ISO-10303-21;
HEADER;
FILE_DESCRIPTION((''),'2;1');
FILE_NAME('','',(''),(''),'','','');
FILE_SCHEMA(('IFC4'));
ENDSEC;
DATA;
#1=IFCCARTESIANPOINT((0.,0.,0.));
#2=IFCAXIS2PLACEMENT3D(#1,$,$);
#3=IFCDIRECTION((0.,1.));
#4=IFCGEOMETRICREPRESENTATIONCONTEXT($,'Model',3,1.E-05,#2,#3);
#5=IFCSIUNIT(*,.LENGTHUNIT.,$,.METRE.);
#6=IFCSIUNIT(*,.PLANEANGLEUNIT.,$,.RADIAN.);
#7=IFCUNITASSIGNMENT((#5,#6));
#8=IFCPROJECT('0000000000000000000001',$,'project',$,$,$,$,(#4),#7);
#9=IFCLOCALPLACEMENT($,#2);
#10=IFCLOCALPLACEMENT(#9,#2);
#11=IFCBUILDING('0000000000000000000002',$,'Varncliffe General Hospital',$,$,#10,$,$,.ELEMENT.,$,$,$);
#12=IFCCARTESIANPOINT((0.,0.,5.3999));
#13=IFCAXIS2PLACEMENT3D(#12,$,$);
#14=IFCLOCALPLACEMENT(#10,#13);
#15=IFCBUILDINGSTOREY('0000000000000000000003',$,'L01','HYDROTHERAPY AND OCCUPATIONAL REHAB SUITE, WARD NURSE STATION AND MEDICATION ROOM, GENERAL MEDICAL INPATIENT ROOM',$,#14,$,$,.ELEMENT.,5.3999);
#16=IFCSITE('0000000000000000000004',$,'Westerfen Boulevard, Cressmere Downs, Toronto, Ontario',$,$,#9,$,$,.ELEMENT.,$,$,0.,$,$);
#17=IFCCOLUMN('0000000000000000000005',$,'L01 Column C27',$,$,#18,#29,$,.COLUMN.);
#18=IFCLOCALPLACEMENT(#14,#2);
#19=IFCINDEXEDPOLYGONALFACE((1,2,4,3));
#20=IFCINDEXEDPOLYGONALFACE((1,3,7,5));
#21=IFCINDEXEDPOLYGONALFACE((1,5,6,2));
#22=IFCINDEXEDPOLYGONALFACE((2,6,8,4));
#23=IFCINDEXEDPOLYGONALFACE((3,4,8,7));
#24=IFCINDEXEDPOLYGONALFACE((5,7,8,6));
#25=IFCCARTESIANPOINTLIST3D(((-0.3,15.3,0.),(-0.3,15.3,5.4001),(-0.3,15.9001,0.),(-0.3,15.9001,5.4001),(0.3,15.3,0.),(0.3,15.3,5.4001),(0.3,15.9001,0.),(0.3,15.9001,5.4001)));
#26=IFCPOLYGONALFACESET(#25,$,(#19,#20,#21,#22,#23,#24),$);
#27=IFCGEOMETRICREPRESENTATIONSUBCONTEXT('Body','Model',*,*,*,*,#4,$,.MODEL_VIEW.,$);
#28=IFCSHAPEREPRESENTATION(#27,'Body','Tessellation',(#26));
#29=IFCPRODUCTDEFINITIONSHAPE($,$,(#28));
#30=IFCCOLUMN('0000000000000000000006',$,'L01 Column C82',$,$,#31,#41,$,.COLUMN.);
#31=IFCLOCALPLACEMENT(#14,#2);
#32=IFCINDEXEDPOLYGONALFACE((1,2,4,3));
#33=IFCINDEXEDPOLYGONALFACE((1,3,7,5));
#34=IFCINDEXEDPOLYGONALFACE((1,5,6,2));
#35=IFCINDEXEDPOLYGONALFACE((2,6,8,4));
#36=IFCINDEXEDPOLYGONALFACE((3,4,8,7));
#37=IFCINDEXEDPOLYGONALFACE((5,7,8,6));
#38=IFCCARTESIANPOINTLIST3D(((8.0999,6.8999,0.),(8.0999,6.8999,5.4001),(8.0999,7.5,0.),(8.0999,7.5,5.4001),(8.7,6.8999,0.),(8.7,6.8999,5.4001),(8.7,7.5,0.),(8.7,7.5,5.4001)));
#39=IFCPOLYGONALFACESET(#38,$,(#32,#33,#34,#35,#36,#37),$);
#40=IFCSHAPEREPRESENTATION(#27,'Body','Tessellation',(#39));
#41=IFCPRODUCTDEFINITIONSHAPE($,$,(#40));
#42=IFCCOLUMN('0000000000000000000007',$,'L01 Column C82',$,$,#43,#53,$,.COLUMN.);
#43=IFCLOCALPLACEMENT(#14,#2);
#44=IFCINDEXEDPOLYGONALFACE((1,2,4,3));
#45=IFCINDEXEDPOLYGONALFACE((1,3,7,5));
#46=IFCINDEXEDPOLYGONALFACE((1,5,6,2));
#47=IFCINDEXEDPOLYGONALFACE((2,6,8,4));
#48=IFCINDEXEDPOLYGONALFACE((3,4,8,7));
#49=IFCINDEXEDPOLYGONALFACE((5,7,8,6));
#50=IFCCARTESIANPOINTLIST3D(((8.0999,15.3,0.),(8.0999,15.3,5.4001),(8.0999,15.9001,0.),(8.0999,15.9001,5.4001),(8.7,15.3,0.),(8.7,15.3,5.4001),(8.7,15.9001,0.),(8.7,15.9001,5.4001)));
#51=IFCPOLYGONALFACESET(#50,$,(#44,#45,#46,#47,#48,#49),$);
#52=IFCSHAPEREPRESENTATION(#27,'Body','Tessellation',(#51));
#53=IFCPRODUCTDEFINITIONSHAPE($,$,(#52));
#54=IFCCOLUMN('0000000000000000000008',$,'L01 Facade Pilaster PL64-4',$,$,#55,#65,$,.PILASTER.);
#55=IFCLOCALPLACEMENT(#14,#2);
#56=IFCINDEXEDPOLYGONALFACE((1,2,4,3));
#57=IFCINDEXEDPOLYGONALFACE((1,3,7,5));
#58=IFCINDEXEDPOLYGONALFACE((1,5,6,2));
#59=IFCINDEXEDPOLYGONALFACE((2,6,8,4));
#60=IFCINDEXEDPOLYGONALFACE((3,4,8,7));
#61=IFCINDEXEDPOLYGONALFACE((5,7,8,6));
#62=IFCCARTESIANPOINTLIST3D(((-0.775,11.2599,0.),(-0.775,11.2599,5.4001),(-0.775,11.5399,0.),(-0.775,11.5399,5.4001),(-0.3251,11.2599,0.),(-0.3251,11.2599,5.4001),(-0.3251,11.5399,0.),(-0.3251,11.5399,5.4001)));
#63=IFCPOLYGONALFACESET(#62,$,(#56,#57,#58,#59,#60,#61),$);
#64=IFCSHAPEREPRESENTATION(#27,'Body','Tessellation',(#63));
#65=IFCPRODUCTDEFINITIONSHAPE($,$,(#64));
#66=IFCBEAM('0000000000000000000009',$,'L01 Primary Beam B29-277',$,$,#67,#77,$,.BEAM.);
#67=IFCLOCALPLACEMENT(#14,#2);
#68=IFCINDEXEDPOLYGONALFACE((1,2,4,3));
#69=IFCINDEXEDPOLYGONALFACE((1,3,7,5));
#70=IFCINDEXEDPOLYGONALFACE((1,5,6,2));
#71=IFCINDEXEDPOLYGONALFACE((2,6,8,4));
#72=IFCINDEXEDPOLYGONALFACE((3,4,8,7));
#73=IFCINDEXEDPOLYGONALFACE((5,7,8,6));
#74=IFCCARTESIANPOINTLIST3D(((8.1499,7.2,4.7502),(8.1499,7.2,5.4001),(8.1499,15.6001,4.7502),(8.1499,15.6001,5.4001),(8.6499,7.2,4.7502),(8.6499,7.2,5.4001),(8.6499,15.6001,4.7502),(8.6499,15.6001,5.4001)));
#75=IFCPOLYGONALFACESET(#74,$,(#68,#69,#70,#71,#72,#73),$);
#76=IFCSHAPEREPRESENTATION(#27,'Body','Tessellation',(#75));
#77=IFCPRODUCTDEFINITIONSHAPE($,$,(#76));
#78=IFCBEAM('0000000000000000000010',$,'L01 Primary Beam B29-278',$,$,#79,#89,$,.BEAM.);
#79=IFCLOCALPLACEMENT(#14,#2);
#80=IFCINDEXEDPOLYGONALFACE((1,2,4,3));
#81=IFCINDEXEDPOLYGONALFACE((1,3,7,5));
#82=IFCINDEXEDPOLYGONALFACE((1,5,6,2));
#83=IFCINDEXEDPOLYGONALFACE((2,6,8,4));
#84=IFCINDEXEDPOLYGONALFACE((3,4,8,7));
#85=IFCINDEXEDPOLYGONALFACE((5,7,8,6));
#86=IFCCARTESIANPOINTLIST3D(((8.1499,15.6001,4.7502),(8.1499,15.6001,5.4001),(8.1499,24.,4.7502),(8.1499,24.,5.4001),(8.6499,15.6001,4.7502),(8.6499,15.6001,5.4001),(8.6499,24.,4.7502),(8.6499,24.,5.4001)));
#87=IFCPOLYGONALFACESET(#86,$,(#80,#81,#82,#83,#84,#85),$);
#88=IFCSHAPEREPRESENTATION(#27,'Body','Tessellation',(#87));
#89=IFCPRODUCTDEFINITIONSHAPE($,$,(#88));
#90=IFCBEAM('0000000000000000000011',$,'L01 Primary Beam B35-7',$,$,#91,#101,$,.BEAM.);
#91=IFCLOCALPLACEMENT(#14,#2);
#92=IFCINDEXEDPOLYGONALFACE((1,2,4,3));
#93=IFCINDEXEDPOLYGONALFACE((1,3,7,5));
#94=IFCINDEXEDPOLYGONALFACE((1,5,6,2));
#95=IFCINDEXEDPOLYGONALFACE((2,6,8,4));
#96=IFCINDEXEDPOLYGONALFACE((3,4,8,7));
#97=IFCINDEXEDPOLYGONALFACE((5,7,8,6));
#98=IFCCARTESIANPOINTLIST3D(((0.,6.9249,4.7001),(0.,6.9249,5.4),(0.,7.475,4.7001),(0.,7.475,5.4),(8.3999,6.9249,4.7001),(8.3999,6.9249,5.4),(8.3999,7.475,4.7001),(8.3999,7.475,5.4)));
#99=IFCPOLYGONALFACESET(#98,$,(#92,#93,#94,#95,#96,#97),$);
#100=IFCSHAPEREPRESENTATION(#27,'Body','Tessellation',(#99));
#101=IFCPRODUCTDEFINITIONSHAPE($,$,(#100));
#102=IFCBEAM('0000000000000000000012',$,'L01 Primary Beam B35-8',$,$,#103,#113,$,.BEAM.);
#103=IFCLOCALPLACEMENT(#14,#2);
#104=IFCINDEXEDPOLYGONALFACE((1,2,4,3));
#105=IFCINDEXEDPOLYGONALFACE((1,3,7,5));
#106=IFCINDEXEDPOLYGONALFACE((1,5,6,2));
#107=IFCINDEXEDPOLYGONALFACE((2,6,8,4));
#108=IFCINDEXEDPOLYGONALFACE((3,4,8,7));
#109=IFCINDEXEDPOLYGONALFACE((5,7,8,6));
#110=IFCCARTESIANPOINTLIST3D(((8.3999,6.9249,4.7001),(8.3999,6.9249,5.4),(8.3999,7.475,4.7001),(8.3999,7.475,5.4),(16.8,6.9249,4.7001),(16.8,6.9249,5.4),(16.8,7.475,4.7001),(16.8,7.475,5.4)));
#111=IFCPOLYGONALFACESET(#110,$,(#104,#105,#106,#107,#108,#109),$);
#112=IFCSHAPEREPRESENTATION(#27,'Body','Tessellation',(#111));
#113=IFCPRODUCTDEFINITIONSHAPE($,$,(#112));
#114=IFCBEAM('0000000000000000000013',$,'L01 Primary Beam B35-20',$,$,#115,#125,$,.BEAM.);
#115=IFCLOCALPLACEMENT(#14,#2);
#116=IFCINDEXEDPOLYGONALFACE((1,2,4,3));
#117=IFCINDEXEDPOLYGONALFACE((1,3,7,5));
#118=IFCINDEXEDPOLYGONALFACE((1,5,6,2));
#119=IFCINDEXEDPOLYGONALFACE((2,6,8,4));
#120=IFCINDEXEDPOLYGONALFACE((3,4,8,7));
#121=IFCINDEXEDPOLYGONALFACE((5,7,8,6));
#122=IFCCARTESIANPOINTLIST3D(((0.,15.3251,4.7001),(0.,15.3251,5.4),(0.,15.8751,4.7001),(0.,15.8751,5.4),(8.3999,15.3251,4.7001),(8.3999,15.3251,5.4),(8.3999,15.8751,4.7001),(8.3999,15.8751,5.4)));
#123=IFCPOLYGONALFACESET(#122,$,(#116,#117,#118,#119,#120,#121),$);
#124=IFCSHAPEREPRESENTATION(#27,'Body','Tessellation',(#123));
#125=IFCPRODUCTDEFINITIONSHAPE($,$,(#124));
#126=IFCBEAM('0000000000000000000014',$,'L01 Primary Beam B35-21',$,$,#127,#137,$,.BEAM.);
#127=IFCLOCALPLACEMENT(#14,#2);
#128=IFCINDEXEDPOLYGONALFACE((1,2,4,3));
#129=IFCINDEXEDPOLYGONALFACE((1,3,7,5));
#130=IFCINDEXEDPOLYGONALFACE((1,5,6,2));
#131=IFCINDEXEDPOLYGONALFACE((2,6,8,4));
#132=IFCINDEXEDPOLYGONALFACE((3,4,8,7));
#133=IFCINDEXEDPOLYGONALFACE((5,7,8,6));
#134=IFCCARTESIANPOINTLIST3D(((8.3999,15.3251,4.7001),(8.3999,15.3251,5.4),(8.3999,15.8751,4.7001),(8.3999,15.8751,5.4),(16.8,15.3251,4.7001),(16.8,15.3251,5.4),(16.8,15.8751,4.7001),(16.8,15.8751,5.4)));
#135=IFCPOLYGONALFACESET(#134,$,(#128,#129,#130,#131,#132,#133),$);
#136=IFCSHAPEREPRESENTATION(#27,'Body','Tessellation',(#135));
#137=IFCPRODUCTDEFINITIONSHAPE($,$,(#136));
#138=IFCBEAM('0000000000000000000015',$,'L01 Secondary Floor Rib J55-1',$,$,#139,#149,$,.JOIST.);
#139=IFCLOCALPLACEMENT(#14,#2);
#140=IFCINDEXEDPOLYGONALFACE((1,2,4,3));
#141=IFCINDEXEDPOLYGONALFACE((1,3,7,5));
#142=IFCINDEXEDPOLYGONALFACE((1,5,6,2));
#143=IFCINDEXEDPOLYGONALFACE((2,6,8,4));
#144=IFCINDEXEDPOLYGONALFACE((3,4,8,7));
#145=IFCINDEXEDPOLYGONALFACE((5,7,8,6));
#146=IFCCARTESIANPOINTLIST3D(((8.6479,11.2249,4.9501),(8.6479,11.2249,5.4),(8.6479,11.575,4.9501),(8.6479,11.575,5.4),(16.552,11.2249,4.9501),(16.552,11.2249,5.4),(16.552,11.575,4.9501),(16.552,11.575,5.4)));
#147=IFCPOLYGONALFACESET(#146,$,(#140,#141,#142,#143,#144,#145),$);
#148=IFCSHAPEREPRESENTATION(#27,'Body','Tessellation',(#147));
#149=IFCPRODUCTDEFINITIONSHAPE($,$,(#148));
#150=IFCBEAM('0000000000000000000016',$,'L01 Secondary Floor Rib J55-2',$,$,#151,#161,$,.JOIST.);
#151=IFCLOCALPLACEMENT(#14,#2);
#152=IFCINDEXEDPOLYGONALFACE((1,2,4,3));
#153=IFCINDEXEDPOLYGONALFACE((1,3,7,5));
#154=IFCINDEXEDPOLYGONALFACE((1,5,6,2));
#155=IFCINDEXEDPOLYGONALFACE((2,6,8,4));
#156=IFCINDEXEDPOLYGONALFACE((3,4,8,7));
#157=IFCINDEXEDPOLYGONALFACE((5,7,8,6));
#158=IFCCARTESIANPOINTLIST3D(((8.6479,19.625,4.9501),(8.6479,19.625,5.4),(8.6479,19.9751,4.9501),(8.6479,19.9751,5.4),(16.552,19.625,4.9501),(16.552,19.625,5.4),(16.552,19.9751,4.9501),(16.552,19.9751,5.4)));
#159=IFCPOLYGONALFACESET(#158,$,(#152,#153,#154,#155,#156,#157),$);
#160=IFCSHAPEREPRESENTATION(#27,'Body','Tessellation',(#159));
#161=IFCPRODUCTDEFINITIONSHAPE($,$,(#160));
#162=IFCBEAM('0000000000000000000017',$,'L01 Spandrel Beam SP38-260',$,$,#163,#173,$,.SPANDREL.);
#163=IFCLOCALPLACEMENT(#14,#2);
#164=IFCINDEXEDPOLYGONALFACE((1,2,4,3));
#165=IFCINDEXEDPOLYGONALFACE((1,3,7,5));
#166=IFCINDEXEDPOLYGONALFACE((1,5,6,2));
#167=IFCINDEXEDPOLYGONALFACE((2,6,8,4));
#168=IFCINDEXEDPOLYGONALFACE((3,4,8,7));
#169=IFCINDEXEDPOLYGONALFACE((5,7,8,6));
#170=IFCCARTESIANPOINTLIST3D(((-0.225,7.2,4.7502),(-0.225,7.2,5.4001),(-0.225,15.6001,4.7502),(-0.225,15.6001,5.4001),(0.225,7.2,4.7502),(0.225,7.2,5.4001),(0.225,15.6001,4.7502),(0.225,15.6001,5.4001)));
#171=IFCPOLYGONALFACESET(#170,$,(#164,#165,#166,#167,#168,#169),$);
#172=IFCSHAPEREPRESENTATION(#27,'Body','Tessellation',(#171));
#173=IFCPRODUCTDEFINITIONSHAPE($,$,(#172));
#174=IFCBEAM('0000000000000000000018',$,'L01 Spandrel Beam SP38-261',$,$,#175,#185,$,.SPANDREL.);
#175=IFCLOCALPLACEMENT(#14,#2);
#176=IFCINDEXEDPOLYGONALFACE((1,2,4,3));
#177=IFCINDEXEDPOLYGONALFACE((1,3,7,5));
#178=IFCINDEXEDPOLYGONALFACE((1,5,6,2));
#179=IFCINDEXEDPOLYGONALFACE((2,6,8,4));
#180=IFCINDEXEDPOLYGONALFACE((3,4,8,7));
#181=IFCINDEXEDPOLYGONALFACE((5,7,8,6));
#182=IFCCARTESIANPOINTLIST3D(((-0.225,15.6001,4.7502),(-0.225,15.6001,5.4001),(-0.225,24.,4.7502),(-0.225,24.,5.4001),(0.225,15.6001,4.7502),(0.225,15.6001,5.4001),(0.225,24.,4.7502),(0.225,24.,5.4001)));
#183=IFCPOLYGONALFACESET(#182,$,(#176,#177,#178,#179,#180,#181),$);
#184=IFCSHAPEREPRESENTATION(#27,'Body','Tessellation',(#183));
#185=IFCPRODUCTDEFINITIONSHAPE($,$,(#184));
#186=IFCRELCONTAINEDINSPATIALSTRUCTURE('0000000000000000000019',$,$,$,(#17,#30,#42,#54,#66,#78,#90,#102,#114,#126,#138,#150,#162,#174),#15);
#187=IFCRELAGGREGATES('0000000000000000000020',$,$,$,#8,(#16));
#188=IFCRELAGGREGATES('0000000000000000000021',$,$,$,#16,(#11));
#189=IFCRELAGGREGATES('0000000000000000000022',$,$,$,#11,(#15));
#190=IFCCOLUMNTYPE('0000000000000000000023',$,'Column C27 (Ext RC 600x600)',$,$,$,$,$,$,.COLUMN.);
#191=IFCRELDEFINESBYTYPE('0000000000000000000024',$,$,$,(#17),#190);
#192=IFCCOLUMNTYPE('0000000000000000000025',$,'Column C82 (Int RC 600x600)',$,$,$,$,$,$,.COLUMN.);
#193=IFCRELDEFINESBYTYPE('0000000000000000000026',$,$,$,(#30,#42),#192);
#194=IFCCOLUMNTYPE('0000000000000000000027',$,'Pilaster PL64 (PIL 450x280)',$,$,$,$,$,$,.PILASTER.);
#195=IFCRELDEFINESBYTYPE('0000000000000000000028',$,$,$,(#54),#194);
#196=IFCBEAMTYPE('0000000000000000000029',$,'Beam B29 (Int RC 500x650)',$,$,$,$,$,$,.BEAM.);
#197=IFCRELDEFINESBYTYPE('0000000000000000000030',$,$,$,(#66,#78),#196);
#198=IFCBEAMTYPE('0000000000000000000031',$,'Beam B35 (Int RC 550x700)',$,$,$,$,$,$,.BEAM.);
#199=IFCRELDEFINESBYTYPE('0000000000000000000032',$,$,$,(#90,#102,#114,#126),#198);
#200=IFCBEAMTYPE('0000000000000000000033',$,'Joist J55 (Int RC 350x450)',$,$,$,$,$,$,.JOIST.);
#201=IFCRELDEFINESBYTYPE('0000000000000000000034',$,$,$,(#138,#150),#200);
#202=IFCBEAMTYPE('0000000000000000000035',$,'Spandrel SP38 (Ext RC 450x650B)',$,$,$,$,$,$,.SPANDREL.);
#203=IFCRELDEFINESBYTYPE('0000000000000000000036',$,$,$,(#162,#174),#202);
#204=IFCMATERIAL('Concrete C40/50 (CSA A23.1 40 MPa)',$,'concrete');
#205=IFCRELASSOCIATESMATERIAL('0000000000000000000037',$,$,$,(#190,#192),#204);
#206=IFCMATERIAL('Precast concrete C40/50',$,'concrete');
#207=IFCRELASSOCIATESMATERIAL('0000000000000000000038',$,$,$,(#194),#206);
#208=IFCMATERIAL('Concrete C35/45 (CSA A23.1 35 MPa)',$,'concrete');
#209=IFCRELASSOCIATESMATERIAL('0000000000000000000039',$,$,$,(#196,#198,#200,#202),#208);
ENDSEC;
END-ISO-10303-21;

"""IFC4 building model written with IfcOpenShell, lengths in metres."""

from ifc_helpers import new_model, si_unit, direction, frame, origin, origin_2d, place, context, subcontext, project, spatial, rectangle, extrude, material, material_profile, profile_set, type_object, element, save


model = new_model("IFC4")

# Units and contexts
model_context = context("Model", 3, precision=1e-05, world=origin(), true_north=direction((0.0, 1.0)))
body_context = subcontext(model_context, "Body", "Model", "MODEL_VIEW")
ifc_project = project(units=[si_unit("LENGTHUNIT", "METRE"), si_unit("PLANEANGLEUNIT", "RADIAN")], contexts=[model_context])

# Site, building, storey
site_placement = place(None, origin())
site = spatial("IfcSite", under=ifc_project, at=site_placement, Name="Westerfen Boulevard, Cressmere Downs, Toronto, Ontario", CompositionType="ELEMENT", RefElevation=0.0)
building_placement = place(site_placement, origin())
building = spatial("IfcBuilding", under=site, at=building_placement, Name="Varncliffe General Hospital", CompositionType="ELEMENT")
storey_placement = place(building_placement, frame((0.0, 0.0, 5.3999)))
storey = spatial("IfcBuildingStorey", under=building, at=storey_placement, Name="L01", Description="HYDROTHERAPY AND OCCUPATIONAL REHAB SUITE, WARD NURSE STATION AND MEDICATION ROOM, GENERAL MEDICAL INPATIENT ROOM", CompositionType="ELEMENT", Elevation=5.3999)

# Columns
ifc_material_1 = material(Name="Concrete C40/50 (CSA A23.1 40 MPa)", Category="concrete")
ifc_material_profile_1 = material_profile(ifc_material_1, rectangle(XDim=0.6001, YDim=0.6001, at=origin_2d()), Name="RC 600x600")
ifc_profile_set_1 = profile_set([ifc_material_profile_1], Name="Concrete C40/50 (CSA A23.1 40 MPa)")
column_type_1 = type_object("IfcColumnType", Name="Column C27 (Ext RC 600x600)", PredefinedType="COLUMN", material=ifc_profile_set_1)
column_1_placement = place(storey_placement, frame((0.0, 15.6001, 0.0), z_axis=(0.0, 0.0, 1.0), x_axis=(1.0, 0.0, 0.0)))
element("IfcColumn", 1, at=column_1_placement, inside=storey, type_object=column_type_1, Name="L01 Column C27", PredefinedType="COLUMN", context=body_context, shape_type="SweptSolid", body=[
    extrude(rectangle(XDim=0.6001, YDim=0.6001, at=origin_2d()), origin(), (0.0, 0.0, 1.0), 5.4001),
])
ifc_material_profile_2 = material_profile(ifc_material_1, rectangle(XDim=0.6001, YDim=0.6001, at=origin_2d()), Name="RC 600x600")
ifc_profile_set_2 = profile_set([ifc_material_profile_2], Name="Concrete C40/50 (CSA A23.1 40 MPa)")
column_type_2 = type_object("IfcColumnType", Name="Column C82 (Int RC 600x600)", PredefinedType="COLUMN", material=ifc_profile_set_2)
for number, where, z_axis, x_axis, name in (
    (2, (8.3999, 7.2, 0.0), (0.0, 0.0, 1.0), (1.0, 0.0, 0.0), "L01 Column C82"),
    (3, (8.3999, 15.6001, 0.0), (0.0, 0.0, 1.0), (1.0, 0.0, 0.0), "L01 Column C82"),
):
    element("IfcColumn", number, at=place(storey_placement, frame(where, z_axis=z_axis, x_axis=x_axis)), inside=storey, type_object=column_type_2, Name=name, PredefinedType="COLUMN", context=body_context, shape_type="SweptSolid", body=[
        extrude(rectangle(XDim=0.6001, YDim=0.6001, at=origin_2d()), origin(), (0.0, 0.0, 1.0), 5.4001),
    ])
ifc_material_2 = material(Name="Precast concrete C40/50", Category="concrete")
ifc_material_profile_3 = material_profile(ifc_material_2, rectangle(XDim=0.45, YDim=0.28, at=origin_2d()), Name="PIL 450x280")
ifc_profile_set_3 = profile_set([ifc_material_profile_3], Name="Precast concrete C40/50")
column_type_3 = type_object("IfcColumnType", Name="Pilaster PL64 (PIL 450x280)", PredefinedType="PILASTER", material=ifc_profile_set_3)
column_2_placement = place(storey_placement, frame((-0.55, 11.3999, 0.0), z_axis=(0.0, 0.0, 1.0), x_axis=(1.0, 0.0, 0.0)))
element("IfcColumn", 4, at=column_2_placement, inside=storey, type_object=column_type_3, Name="L01 Facade Pilaster PL64-4", PredefinedType="PILASTER", context=body_context, shape_type="SweptSolid", body=[
    extrude(rectangle(XDim=0.45, YDim=0.28, at=origin_2d()), origin(), (0.0, 0.0, 1.0), 5.4001),
])

# Beams
ifc_material_3 = material(Name="Concrete C35/45 (CSA A23.1 35 MPa)", Category="concrete")
ifc_material_profile_4 = material_profile(ifc_material_3, rectangle(XDim=0.5, YDim=0.6499, at=origin_2d()), Name="RC 500x650")
ifc_profile_set_4 = profile_set([ifc_material_profile_4], Name="Concrete C35/45 (CSA A23.1 35 MPa)")
beam_type_1 = type_object("IfcBeamType", Name="Beam B29 (Int RC 500x650)", PredefinedType="BEAM", material=ifc_profile_set_4)
beam_1_placement = place(storey_placement, frame((8.3999, 7.2, 5.0752), z_axis=(0.0, 1.0, 0.0), x_axis=(-1.0, 0.0, 0.0)))
element("IfcBeam", 5, at=beam_1_placement, inside=storey, type_object=beam_type_1, Name="L01 Primary Beam B29-277", PredefinedType="BEAM", context=body_context, shape_type="SweptSolid", body=[
    extrude(rectangle(XDim=0.5, YDim=0.6499, at=origin_2d()), origin(), (0.0, 0.0, 1.0), 8.4001),
])
beam_2_placement = place(storey_placement, frame((8.3999, 15.6001, 5.0752), z_axis=(0.0, 1.0, 0.0), x_axis=(-1.0, 0.0, 0.0)))
element("IfcBeam", 6, at=beam_2_placement, inside=storey, type_object=beam_type_1, Name="L01 Primary Beam B29-278", PredefinedType="BEAM", context=body_context, shape_type="SweptSolid", body=[
    extrude(rectangle(XDim=0.5, YDim=0.6499, at=origin_2d()), origin(), (0.0, 0.0, 1.0), 8.3999),
])
ifc_material_profile_5 = material_profile(ifc_material_3, rectangle(XDim=0.55, YDim=0.7, at=origin_2d()), Name="RC 550x700")
ifc_profile_set_5 = profile_set([ifc_material_profile_5], Name="Concrete C35/45 (CSA A23.1 35 MPa)")
beam_type_2 = type_object("IfcBeamType", Name="Beam B35 (Int RC 550x700)", PredefinedType="BEAM", material=ifc_profile_set_5)
beam_3_placement = place(storey_placement, frame((0.0, 7.2, 5.05), z_axis=(1.0, 0.0, 0.0), x_axis=(0.0, 1.0, 0.0)))
element("IfcBeam", 7, at=beam_3_placement, inside=storey, type_object=beam_type_2, Name="L01 Primary Beam B35-7", PredefinedType="BEAM", context=body_context, shape_type="SweptSolid", body=[
    extrude(rectangle(XDim=0.55, YDim=0.7, at=origin_2d()), origin(), (0.0, 0.0, 1.0), 8.3999),
])
beam_4_placement = place(storey_placement, frame((8.3999, 7.2, 5.05), z_axis=(1.0, 0.0, 0.0), x_axis=(0.0, 1.0, 0.0)))
element("IfcBeam", 8, at=beam_4_placement, inside=storey, type_object=beam_type_2, Name="L01 Primary Beam B35-8", PredefinedType="BEAM", context=body_context, shape_type="SweptSolid", body=[
    extrude(rectangle(XDim=0.55, YDim=0.7, at=origin_2d()), origin(), (0.0, 0.0, 1.0), 8.4001),
])
beam_5_placement = place(storey_placement, frame((0.0, 15.6001, 5.05), z_axis=(1.0, 0.0, 0.0), x_axis=(0.0, 1.0, 0.0)))
element("IfcBeam", 9, at=beam_5_placement, inside=storey, type_object=beam_type_2, Name="L01 Primary Beam B35-20", PredefinedType="BEAM", context=body_context, shape_type="SweptSolid", body=[
    extrude(rectangle(XDim=0.55, YDim=0.7, at=origin_2d()), origin(), (0.0, 0.0, 1.0), 8.3999),
])
beam_6_placement = place(storey_placement, frame((8.3999, 15.6001, 5.05), z_axis=(1.0, 0.0, 0.0), x_axis=(0.0, 1.0, 0.0)))
element("IfcBeam", 10, at=beam_6_placement, inside=storey, type_object=beam_type_2, Name="L01 Primary Beam B35-21", PredefinedType="BEAM", context=body_context, shape_type="SweptSolid", body=[
    extrude(rectangle(XDim=0.55, YDim=0.7, at=origin_2d()), origin(), (0.0, 0.0, 1.0), 8.4001),
])
ifc_material_profile_6 = material_profile(ifc_material_3, rectangle(XDim=0.3501, YDim=0.45, at=origin_2d()), Name="RC 350x450")
ifc_profile_set_6 = profile_set([ifc_material_profile_6], Name="Concrete C35/45 (CSA A23.1 35 MPa)")
beam_type_3 = type_object("IfcBeamType", Name="Joist J55 (Int RC 350x450)", PredefinedType="JOIST", material=ifc_profile_set_6)
for number, where, z_axis, x_axis, name in (
    (11, (8.6479, 11.3999, 5.175), (1.0, 0.0, 0.0), (0.0, 1.0, 0.0), "L01 Secondary Floor Rib J55-1"),
    (12, (8.6479, 19.8, 5.175), (1.0, 0.0, 0.0), (0.0, 1.0, 0.0), "L01 Secondary Floor Rib J55-2"),
):
    element("IfcBeam", number, at=place(storey_placement, frame(where, z_axis=z_axis, x_axis=x_axis)), inside=storey, type_object=beam_type_3, Name=name, PredefinedType="JOIST", context=body_context, shape_type="SweptSolid", body=[
        extrude(rectangle(XDim=0.3501, YDim=0.45, at=origin_2d()), origin(), (0.0, 0.0, 1.0), 7.9041),
    ])
ifc_material_profile_7 = material_profile(ifc_material_3, rectangle(XDim=0.45, YDim=0.6499, at=origin_2d()), Name="RC 450x650")
ifc_profile_set_7 = profile_set([ifc_material_profile_7], Name="Concrete C35/45 (CSA A23.1 35 MPa)")
beam_type_4 = type_object("IfcBeamType", Name="Spandrel SP38 (Ext RC 450x650B)", PredefinedType="SPANDREL", material=ifc_profile_set_7)
beam_7_placement = place(storey_placement, frame((0.0, 7.2, 5.0752), z_axis=(0.0, 1.0, 0.0), x_axis=(-1.0, 0.0, 0.0)))
element("IfcBeam", 13, at=beam_7_placement, inside=storey, type_object=beam_type_4, Name="L01 Spandrel Beam SP38-260", PredefinedType="SPANDREL", context=body_context, shape_type="SweptSolid", body=[
    extrude(rectangle(XDim=0.45, YDim=0.6499, at=origin_2d()), origin(), (0.0, 0.0, 1.0), 8.4001),
])
beam_8_placement = place(storey_placement, frame((0.0, 15.6001, 5.0752), z_axis=(0.0, 1.0, 0.0), x_axis=(-1.0, 0.0, 0.0)))
element("IfcBeam", 14, at=beam_8_placement, inside=storey, type_object=beam_type_4, Name="L01 Spandrel Beam SP38-261", PredefinedType="SPANDREL", context=body_context, shape_type="SweptSolid", body=[
    extrude(rectangle(XDim=0.45, YDim=0.6499, at=origin_2d()), origin(), (0.0, 0.0, 1.0), 8.3999),
])

save(model, "model.ifc")
